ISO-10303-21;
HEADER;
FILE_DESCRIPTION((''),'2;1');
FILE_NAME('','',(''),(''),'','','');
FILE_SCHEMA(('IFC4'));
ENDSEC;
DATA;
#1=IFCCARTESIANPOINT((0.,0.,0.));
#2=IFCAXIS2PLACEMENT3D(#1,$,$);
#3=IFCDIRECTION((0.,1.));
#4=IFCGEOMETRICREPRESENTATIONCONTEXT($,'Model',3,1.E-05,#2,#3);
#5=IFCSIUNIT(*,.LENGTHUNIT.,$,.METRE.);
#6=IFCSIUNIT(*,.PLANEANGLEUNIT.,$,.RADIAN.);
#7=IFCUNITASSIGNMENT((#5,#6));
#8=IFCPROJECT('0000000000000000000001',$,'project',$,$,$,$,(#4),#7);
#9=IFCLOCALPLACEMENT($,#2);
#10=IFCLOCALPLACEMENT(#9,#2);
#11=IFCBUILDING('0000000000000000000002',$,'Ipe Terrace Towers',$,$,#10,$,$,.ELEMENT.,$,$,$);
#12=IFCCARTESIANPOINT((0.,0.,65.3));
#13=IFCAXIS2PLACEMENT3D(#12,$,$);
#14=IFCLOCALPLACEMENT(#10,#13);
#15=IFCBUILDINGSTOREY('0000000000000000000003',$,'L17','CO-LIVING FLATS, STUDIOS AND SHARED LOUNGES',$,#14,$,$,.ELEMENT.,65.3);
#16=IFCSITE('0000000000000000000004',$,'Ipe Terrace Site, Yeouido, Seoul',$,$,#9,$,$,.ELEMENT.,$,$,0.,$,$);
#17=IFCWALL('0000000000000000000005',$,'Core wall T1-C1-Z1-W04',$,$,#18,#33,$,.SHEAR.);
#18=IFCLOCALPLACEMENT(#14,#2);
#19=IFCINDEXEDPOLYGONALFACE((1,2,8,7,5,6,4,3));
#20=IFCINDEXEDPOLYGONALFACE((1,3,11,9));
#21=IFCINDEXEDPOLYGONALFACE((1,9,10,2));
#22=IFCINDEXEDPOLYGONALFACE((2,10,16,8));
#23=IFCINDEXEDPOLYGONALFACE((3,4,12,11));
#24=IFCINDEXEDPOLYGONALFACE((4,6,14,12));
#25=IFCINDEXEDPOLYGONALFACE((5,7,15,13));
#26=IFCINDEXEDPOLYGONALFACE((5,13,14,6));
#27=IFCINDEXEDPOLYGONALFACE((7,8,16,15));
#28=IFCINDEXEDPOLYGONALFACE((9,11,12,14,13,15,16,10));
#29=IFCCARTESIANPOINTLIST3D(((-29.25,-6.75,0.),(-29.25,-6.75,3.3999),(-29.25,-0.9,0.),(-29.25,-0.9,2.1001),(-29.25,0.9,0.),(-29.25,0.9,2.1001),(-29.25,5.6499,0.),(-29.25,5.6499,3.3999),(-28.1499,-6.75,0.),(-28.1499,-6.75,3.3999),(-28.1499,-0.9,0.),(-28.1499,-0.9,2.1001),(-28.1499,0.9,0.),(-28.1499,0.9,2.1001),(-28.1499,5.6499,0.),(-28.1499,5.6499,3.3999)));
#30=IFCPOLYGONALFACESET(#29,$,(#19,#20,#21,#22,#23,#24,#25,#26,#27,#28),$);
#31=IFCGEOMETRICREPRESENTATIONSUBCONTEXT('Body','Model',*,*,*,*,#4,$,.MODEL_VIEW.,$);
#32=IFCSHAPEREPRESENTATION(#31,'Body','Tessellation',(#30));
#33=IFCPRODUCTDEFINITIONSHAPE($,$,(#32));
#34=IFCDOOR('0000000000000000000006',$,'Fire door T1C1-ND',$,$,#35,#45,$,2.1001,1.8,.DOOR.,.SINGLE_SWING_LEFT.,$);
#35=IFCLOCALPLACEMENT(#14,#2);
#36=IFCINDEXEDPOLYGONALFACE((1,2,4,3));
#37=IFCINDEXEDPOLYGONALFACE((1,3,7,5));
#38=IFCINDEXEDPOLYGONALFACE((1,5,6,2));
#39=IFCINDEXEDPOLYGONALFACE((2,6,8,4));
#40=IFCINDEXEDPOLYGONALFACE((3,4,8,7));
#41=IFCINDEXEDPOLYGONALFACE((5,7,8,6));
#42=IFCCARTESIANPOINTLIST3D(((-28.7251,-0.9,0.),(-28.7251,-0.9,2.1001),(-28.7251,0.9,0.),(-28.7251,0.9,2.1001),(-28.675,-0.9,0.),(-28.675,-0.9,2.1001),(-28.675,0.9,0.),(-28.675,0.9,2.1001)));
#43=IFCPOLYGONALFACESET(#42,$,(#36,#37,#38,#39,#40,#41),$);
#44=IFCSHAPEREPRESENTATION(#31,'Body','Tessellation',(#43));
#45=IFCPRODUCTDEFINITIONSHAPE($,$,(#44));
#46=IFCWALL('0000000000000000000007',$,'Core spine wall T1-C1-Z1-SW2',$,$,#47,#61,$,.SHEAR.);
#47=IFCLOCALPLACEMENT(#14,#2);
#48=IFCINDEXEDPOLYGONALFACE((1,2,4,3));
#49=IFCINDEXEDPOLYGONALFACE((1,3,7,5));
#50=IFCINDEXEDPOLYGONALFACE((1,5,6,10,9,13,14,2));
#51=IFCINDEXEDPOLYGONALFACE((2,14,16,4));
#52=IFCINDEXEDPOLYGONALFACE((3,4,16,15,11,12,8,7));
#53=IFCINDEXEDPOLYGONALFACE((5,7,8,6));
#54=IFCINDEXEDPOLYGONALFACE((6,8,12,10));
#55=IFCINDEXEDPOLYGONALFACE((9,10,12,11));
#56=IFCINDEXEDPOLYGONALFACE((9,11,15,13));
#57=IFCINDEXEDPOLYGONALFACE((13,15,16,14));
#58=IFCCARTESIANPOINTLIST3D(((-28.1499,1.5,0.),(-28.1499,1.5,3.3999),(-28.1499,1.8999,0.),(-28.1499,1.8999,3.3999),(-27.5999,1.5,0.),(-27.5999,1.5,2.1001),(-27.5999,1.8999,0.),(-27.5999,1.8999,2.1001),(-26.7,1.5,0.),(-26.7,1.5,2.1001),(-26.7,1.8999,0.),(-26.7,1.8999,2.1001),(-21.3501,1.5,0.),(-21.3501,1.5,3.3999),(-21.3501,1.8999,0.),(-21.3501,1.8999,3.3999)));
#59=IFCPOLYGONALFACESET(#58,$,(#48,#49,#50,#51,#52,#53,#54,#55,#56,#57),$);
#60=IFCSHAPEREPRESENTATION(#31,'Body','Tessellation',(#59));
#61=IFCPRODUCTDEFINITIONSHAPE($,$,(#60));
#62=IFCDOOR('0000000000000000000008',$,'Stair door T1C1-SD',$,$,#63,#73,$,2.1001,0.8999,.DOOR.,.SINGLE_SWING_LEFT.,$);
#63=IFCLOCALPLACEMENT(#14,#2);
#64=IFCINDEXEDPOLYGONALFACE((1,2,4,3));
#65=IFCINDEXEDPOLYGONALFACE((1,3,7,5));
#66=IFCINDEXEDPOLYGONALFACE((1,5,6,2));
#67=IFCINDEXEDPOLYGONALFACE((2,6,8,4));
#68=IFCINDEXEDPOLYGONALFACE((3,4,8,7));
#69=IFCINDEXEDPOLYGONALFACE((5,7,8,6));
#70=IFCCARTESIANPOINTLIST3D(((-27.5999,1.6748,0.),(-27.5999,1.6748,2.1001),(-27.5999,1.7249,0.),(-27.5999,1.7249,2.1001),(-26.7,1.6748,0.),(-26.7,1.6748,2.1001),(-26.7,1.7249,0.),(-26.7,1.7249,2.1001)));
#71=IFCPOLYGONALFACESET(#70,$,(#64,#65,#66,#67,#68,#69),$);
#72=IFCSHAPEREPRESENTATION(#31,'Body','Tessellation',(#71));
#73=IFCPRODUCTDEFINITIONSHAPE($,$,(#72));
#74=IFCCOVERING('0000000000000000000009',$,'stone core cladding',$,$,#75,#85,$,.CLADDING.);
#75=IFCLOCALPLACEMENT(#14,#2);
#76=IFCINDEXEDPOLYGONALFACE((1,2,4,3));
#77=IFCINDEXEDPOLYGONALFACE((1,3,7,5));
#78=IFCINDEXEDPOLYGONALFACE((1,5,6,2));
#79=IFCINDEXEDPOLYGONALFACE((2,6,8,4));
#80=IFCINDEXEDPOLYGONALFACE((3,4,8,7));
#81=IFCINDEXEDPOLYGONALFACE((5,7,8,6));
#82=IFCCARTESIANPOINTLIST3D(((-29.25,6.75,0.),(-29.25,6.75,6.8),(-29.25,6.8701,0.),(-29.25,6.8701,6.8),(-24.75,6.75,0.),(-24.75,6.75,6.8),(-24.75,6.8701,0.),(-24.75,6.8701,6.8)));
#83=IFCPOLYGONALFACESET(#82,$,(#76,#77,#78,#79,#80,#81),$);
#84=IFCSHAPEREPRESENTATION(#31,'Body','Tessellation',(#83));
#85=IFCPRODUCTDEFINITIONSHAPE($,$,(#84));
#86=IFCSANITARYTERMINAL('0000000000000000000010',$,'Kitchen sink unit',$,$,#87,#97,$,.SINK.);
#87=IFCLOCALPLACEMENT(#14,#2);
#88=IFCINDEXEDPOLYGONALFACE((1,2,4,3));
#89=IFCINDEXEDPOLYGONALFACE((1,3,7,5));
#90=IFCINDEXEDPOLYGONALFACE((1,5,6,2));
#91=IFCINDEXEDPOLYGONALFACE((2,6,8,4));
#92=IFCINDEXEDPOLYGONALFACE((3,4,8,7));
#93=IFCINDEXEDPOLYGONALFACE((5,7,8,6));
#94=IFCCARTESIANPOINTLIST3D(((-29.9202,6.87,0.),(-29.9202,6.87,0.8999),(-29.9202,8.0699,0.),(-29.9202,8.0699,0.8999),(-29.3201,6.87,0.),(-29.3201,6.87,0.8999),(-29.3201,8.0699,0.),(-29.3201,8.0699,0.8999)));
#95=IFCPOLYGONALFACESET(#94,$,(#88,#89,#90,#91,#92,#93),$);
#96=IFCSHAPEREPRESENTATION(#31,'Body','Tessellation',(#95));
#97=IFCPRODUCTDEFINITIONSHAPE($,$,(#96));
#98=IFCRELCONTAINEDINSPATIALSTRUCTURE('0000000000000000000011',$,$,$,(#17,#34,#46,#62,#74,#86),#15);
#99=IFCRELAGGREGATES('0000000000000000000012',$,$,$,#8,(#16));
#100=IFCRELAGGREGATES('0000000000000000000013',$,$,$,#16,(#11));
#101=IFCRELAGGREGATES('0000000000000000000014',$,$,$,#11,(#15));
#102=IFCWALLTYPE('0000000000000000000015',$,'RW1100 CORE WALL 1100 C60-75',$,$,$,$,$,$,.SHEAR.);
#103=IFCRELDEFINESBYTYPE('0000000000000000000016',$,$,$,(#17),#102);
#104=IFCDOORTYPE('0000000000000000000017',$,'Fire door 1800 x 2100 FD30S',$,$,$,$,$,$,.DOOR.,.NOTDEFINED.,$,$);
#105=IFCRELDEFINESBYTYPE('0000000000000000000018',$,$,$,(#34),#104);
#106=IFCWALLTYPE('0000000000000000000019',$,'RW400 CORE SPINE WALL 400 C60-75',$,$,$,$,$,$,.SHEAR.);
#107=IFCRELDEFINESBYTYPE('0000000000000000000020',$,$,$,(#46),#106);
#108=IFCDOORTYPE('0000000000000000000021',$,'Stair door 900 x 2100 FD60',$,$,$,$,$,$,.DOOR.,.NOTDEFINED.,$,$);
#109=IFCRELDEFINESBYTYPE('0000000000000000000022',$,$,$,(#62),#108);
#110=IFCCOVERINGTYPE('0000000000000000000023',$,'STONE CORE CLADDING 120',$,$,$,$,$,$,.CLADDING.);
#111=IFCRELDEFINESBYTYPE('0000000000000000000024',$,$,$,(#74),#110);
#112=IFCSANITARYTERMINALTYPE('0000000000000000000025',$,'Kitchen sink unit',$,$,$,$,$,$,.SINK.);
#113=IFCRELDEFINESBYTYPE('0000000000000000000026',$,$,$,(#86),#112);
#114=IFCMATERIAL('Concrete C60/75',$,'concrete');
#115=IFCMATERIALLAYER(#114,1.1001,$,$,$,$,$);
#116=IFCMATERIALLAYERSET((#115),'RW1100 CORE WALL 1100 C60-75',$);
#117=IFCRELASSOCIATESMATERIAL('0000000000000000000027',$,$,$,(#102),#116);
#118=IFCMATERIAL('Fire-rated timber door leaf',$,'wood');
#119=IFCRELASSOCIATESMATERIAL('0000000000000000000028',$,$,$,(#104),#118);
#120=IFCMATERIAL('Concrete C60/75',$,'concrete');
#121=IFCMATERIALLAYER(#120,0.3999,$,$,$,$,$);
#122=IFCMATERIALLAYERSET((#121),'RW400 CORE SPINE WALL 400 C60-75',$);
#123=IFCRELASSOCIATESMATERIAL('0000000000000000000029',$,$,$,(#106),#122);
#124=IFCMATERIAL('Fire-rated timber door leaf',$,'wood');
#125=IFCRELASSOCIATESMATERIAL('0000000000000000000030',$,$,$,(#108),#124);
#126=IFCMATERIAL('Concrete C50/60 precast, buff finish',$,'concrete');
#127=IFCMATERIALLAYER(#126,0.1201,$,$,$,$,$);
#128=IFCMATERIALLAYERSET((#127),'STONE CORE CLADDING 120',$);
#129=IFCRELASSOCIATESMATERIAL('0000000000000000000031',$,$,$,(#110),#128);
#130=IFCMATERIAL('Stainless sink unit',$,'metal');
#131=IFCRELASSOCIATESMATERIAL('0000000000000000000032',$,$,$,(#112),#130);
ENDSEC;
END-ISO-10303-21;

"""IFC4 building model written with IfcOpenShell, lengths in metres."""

from ifc_helpers import new_model, si_unit, direction, frame, frame_2d, origin, origin_2d, place, context, subcontext, project, spatial, rectangle, extrude, material, layer, layer_set, type_object, element, fill, save


model = new_model("IFC4")

# Units and contexts
model_context = context("Model", 3, precision=1e-05, world=origin(), true_north=direction((0.0, 1.0)))
body_context = subcontext(model_context, "Body", "Model", "MODEL_VIEW")
ifc_project = project(units=[si_unit("LENGTHUNIT", "METRE"), si_unit("PLANEANGLEUNIT", "RADIAN")], contexts=[model_context])

# Site, building, storey
site_placement = place(None, origin())
site = spatial("IfcSite", under=ifc_project, at=site_placement, Name="Ipe Terrace Site, Yeouido, Seoul", CompositionType="ELEMENT", RefElevation=0.0)
building_placement = place(site_placement, origin())
building = spatial("IfcBuilding", under=site, at=building_placement, Name="Ipe Terrace Towers", CompositionType="ELEMENT")
storey_placement = place(building_placement, frame((0.0, 0.0, 65.3)))
storey = spatial("IfcBuildingStorey", under=building, at=storey_placement, Name="L17", Description="CO-LIVING FLATS, STUDIOS AND SHARED LOUNGES", CompositionType="ELEMENT", Elevation=65.3)

# Walls, openings, doors
ifc_material_1 = material(Name="Concrete C60/75", Category="concrete")
ifc_layer_1 = layer(ifc_material_1, 1.1001)
ifc_layer_set_1 = layer_set([ifc_layer_1], Name="RW1100 CORE WALL 1100 C60-75")
wall_type_1 = type_object("IfcWallType", Name="RW1100 CORE WALL 1100 C60-75", PredefinedType="SHEAR", material=ifc_layer_set_1)
wall_1_placement = place(storey_placement, frame((-28.7, 5.6499, 0.0), z_axis=(0.0, 0.0, 1.0), x_axis=(0.0, -1.0, 0.0)))
wall_1 = element("IfcWall", 1, at=wall_1_placement, inside=storey, type_object=wall_type_1, Name="Core wall T1-C1-Z1-W04", PredefinedType="SHEAR", context=body_context, shape_type="SweptSolid", body=[
    extrude(rectangle(XDim=12.3999, YDim=1.1001, at=frame_2d((6.2, 0.0))), origin(), (0.0, 0.0, 1.0), 3.3999),
])
opening_1_placement = place(wall_1_placement, frame((4.75, 0.0, 0.0)))
opening_1 = element("IfcOpeningElement", 2, at=opening_1_placement, cuts=wall_1, PredefinedType="OPENING", context=body_context, shape_type="SweptSolid", body=[
    extrude(rectangle(XDim=1.8, YDim=2.1001, at=frame_2d((0.8999, 1.05))), frame((0.0, 0.5601, 0.0), z_axis=(0.0, -1.0, 0.0), x_axis=(1.0, 0.0, 0.0)), (0.0, 0.0, 1.0), 1.1201),
])
ifc_material_2 = material(Name="Fire-rated timber door leaf", Category="wood")
door_type_1 = type_object("IfcDoorType", Name="Fire door 1800 x 2100 FD30S", OperationType="NOTDEFINED", PredefinedType="DOOR", material=ifc_material_2)
door_1_placement = place(opening_1_placement, origin())
door_1 = element("IfcDoor", 3, at=door_1_placement, inside=storey, type_object=door_type_1, Name="Fire door T1C1-ND", OperationType="SINGLE_SWING_LEFT", OverallHeight=2.1001, OverallWidth=1.8, PredefinedType="DOOR", context=body_context, shape_type="SweptSolid", body=[
    extrude(rectangle(XDim=1.8, YDim=2.1001, at=frame_2d((0.8999, 1.05))), frame((0.0, 0.0249, 0.0), z_axis=(0.0, -1.0, 0.0), x_axis=(1.0, 0.0, 0.0)), (0.0, 0.0, 1.0), 0.05),
])
fill(opening_1, door_1)
ifc_material_3 = material(Name="Concrete C60/75", Category="concrete")
ifc_layer_2 = layer(ifc_material_3, 0.3999)
ifc_layer_set_2 = layer_set([ifc_layer_2], Name="RW400 CORE SPINE WALL 400 C60-75")
wall_type_2 = type_object("IfcWallType", Name="RW400 CORE SPINE WALL 400 C60-75", PredefinedType="SHEAR", material=ifc_layer_set_2)
wall_2_placement = place(storey_placement, frame((-28.1499, 1.7, 0.0), z_axis=(0.0, 0.0, 1.0), x_axis=(1.0, 0.0, 0.0)))
wall_2 = element("IfcWall", 4, at=wall_2_placement, inside=storey, type_object=wall_type_2, Name="Core spine wall T1-C1-Z1-SW2", PredefinedType="SHEAR", context=body_context, shape_type="SweptSolid", body=[
    extrude(rectangle(XDim=6.7998, YDim=0.3999, at=frame_2d((3.3999, 0.0))), origin(), (0.0, 0.0, 1.0), 3.3999),
])
opening_2_placement = place(wall_2_placement, frame((0.55, 0.0, 0.0)))
opening_2 = element("IfcOpeningElement", 5, at=opening_2_placement, cuts=wall_2, PredefinedType="OPENING", context=body_context, shape_type="SweptSolid", body=[
    extrude(rectangle(XDim=0.8999, YDim=2.1001, at=frame_2d((0.45, 1.05))), frame((0.0, 0.21, 0.0), z_axis=(0.0, -1.0, 0.0), x_axis=(1.0, 0.0, 0.0)), (0.0, 0.0, 1.0), 0.4199),
])
ifc_material_4 = material(Name="Fire-rated timber door leaf", Category="wood")
door_type_2 = type_object("IfcDoorType", Name="Stair door 900 x 2100 FD60", OperationType="NOTDEFINED", PredefinedType="DOOR", material=ifc_material_4)
door_2_placement = place(opening_2_placement, origin())
door_2 = element("IfcDoor", 6, at=door_2_placement, inside=storey, type_object=door_type_2, Name="Stair door T1C1-SD", OperationType="SINGLE_SWING_LEFT", OverallHeight=2.1001, OverallWidth=0.8999, PredefinedType="DOOR", context=body_context, shape_type="SweptSolid", body=[
    extrude(rectangle(XDim=0.8999, YDim=2.1001, at=frame_2d((0.45, 1.05))), frame((0.0, 0.0249, 0.0), z_axis=(0.0, -1.0, 0.0), x_axis=(1.0, 0.0, 0.0)), (0.0, 0.0, 1.0), 0.05),
])
fill(opening_2, door_2)

# Covering
ifc_material_5 = material(Name="Concrete C50/60 precast, buff finish", Category="concrete")
ifc_layer_3 = layer(ifc_material_5, 0.1201)
ifc_layer_set_3 = layer_set([ifc_layer_3], Name="STONE CORE CLADDING 120")
covering_type = type_object("IfcCoveringType", Name="STONE CORE CLADDING 120", PredefinedType="CLADDING", material=ifc_layer_set_3)
covering_placement = place(storey_placement, frame((-27.0, 6.8101, 0.0), z_axis=(0.0, 0.0, 1.0), x_axis=(-1.0, 0.0, 0.0)))
element("IfcCovering", 7, at=covering_placement, inside=storey, type_object=covering_type, Name="stone core cladding", PredefinedType="CLADDING", context=body_context, shape_type="SweptSolid", body=[
    extrude(rectangle(XDim=4.5, YDim=0.1201, at=origin_2d()), origin(), (0.0, 0.0, 1.0), 6.8),
])

# Sanitary terminal
ifc_material_6 = material(Name="Stainless sink unit", Category="metal")
sanitary_terminal_type = type_object("IfcSanitaryTerminalType", Name="Kitchen sink unit", PredefinedType="SINK", material=ifc_material_6)
sanitary_terminal_placement = place(storey_placement, frame((-29.6201, 7.47, 0.0), z_axis=(0.0, 0.0, 1.0), x_axis=(0.0, -1.0, 0.0)))
element("IfcSanitaryTerminal", 8, at=sanitary_terminal_placement, inside=storey, type_object=sanitary_terminal_type, Name="Kitchen sink unit", PredefinedType="SINK", context=body_context, shape_type="SweptSolid", body=[
    extrude(rectangle(XDim=1.2, YDim=0.6001, at=origin_2d()), origin(), (0.0, 0.0, 1.0), 0.8999),
])

save(model, "model.ifc")
